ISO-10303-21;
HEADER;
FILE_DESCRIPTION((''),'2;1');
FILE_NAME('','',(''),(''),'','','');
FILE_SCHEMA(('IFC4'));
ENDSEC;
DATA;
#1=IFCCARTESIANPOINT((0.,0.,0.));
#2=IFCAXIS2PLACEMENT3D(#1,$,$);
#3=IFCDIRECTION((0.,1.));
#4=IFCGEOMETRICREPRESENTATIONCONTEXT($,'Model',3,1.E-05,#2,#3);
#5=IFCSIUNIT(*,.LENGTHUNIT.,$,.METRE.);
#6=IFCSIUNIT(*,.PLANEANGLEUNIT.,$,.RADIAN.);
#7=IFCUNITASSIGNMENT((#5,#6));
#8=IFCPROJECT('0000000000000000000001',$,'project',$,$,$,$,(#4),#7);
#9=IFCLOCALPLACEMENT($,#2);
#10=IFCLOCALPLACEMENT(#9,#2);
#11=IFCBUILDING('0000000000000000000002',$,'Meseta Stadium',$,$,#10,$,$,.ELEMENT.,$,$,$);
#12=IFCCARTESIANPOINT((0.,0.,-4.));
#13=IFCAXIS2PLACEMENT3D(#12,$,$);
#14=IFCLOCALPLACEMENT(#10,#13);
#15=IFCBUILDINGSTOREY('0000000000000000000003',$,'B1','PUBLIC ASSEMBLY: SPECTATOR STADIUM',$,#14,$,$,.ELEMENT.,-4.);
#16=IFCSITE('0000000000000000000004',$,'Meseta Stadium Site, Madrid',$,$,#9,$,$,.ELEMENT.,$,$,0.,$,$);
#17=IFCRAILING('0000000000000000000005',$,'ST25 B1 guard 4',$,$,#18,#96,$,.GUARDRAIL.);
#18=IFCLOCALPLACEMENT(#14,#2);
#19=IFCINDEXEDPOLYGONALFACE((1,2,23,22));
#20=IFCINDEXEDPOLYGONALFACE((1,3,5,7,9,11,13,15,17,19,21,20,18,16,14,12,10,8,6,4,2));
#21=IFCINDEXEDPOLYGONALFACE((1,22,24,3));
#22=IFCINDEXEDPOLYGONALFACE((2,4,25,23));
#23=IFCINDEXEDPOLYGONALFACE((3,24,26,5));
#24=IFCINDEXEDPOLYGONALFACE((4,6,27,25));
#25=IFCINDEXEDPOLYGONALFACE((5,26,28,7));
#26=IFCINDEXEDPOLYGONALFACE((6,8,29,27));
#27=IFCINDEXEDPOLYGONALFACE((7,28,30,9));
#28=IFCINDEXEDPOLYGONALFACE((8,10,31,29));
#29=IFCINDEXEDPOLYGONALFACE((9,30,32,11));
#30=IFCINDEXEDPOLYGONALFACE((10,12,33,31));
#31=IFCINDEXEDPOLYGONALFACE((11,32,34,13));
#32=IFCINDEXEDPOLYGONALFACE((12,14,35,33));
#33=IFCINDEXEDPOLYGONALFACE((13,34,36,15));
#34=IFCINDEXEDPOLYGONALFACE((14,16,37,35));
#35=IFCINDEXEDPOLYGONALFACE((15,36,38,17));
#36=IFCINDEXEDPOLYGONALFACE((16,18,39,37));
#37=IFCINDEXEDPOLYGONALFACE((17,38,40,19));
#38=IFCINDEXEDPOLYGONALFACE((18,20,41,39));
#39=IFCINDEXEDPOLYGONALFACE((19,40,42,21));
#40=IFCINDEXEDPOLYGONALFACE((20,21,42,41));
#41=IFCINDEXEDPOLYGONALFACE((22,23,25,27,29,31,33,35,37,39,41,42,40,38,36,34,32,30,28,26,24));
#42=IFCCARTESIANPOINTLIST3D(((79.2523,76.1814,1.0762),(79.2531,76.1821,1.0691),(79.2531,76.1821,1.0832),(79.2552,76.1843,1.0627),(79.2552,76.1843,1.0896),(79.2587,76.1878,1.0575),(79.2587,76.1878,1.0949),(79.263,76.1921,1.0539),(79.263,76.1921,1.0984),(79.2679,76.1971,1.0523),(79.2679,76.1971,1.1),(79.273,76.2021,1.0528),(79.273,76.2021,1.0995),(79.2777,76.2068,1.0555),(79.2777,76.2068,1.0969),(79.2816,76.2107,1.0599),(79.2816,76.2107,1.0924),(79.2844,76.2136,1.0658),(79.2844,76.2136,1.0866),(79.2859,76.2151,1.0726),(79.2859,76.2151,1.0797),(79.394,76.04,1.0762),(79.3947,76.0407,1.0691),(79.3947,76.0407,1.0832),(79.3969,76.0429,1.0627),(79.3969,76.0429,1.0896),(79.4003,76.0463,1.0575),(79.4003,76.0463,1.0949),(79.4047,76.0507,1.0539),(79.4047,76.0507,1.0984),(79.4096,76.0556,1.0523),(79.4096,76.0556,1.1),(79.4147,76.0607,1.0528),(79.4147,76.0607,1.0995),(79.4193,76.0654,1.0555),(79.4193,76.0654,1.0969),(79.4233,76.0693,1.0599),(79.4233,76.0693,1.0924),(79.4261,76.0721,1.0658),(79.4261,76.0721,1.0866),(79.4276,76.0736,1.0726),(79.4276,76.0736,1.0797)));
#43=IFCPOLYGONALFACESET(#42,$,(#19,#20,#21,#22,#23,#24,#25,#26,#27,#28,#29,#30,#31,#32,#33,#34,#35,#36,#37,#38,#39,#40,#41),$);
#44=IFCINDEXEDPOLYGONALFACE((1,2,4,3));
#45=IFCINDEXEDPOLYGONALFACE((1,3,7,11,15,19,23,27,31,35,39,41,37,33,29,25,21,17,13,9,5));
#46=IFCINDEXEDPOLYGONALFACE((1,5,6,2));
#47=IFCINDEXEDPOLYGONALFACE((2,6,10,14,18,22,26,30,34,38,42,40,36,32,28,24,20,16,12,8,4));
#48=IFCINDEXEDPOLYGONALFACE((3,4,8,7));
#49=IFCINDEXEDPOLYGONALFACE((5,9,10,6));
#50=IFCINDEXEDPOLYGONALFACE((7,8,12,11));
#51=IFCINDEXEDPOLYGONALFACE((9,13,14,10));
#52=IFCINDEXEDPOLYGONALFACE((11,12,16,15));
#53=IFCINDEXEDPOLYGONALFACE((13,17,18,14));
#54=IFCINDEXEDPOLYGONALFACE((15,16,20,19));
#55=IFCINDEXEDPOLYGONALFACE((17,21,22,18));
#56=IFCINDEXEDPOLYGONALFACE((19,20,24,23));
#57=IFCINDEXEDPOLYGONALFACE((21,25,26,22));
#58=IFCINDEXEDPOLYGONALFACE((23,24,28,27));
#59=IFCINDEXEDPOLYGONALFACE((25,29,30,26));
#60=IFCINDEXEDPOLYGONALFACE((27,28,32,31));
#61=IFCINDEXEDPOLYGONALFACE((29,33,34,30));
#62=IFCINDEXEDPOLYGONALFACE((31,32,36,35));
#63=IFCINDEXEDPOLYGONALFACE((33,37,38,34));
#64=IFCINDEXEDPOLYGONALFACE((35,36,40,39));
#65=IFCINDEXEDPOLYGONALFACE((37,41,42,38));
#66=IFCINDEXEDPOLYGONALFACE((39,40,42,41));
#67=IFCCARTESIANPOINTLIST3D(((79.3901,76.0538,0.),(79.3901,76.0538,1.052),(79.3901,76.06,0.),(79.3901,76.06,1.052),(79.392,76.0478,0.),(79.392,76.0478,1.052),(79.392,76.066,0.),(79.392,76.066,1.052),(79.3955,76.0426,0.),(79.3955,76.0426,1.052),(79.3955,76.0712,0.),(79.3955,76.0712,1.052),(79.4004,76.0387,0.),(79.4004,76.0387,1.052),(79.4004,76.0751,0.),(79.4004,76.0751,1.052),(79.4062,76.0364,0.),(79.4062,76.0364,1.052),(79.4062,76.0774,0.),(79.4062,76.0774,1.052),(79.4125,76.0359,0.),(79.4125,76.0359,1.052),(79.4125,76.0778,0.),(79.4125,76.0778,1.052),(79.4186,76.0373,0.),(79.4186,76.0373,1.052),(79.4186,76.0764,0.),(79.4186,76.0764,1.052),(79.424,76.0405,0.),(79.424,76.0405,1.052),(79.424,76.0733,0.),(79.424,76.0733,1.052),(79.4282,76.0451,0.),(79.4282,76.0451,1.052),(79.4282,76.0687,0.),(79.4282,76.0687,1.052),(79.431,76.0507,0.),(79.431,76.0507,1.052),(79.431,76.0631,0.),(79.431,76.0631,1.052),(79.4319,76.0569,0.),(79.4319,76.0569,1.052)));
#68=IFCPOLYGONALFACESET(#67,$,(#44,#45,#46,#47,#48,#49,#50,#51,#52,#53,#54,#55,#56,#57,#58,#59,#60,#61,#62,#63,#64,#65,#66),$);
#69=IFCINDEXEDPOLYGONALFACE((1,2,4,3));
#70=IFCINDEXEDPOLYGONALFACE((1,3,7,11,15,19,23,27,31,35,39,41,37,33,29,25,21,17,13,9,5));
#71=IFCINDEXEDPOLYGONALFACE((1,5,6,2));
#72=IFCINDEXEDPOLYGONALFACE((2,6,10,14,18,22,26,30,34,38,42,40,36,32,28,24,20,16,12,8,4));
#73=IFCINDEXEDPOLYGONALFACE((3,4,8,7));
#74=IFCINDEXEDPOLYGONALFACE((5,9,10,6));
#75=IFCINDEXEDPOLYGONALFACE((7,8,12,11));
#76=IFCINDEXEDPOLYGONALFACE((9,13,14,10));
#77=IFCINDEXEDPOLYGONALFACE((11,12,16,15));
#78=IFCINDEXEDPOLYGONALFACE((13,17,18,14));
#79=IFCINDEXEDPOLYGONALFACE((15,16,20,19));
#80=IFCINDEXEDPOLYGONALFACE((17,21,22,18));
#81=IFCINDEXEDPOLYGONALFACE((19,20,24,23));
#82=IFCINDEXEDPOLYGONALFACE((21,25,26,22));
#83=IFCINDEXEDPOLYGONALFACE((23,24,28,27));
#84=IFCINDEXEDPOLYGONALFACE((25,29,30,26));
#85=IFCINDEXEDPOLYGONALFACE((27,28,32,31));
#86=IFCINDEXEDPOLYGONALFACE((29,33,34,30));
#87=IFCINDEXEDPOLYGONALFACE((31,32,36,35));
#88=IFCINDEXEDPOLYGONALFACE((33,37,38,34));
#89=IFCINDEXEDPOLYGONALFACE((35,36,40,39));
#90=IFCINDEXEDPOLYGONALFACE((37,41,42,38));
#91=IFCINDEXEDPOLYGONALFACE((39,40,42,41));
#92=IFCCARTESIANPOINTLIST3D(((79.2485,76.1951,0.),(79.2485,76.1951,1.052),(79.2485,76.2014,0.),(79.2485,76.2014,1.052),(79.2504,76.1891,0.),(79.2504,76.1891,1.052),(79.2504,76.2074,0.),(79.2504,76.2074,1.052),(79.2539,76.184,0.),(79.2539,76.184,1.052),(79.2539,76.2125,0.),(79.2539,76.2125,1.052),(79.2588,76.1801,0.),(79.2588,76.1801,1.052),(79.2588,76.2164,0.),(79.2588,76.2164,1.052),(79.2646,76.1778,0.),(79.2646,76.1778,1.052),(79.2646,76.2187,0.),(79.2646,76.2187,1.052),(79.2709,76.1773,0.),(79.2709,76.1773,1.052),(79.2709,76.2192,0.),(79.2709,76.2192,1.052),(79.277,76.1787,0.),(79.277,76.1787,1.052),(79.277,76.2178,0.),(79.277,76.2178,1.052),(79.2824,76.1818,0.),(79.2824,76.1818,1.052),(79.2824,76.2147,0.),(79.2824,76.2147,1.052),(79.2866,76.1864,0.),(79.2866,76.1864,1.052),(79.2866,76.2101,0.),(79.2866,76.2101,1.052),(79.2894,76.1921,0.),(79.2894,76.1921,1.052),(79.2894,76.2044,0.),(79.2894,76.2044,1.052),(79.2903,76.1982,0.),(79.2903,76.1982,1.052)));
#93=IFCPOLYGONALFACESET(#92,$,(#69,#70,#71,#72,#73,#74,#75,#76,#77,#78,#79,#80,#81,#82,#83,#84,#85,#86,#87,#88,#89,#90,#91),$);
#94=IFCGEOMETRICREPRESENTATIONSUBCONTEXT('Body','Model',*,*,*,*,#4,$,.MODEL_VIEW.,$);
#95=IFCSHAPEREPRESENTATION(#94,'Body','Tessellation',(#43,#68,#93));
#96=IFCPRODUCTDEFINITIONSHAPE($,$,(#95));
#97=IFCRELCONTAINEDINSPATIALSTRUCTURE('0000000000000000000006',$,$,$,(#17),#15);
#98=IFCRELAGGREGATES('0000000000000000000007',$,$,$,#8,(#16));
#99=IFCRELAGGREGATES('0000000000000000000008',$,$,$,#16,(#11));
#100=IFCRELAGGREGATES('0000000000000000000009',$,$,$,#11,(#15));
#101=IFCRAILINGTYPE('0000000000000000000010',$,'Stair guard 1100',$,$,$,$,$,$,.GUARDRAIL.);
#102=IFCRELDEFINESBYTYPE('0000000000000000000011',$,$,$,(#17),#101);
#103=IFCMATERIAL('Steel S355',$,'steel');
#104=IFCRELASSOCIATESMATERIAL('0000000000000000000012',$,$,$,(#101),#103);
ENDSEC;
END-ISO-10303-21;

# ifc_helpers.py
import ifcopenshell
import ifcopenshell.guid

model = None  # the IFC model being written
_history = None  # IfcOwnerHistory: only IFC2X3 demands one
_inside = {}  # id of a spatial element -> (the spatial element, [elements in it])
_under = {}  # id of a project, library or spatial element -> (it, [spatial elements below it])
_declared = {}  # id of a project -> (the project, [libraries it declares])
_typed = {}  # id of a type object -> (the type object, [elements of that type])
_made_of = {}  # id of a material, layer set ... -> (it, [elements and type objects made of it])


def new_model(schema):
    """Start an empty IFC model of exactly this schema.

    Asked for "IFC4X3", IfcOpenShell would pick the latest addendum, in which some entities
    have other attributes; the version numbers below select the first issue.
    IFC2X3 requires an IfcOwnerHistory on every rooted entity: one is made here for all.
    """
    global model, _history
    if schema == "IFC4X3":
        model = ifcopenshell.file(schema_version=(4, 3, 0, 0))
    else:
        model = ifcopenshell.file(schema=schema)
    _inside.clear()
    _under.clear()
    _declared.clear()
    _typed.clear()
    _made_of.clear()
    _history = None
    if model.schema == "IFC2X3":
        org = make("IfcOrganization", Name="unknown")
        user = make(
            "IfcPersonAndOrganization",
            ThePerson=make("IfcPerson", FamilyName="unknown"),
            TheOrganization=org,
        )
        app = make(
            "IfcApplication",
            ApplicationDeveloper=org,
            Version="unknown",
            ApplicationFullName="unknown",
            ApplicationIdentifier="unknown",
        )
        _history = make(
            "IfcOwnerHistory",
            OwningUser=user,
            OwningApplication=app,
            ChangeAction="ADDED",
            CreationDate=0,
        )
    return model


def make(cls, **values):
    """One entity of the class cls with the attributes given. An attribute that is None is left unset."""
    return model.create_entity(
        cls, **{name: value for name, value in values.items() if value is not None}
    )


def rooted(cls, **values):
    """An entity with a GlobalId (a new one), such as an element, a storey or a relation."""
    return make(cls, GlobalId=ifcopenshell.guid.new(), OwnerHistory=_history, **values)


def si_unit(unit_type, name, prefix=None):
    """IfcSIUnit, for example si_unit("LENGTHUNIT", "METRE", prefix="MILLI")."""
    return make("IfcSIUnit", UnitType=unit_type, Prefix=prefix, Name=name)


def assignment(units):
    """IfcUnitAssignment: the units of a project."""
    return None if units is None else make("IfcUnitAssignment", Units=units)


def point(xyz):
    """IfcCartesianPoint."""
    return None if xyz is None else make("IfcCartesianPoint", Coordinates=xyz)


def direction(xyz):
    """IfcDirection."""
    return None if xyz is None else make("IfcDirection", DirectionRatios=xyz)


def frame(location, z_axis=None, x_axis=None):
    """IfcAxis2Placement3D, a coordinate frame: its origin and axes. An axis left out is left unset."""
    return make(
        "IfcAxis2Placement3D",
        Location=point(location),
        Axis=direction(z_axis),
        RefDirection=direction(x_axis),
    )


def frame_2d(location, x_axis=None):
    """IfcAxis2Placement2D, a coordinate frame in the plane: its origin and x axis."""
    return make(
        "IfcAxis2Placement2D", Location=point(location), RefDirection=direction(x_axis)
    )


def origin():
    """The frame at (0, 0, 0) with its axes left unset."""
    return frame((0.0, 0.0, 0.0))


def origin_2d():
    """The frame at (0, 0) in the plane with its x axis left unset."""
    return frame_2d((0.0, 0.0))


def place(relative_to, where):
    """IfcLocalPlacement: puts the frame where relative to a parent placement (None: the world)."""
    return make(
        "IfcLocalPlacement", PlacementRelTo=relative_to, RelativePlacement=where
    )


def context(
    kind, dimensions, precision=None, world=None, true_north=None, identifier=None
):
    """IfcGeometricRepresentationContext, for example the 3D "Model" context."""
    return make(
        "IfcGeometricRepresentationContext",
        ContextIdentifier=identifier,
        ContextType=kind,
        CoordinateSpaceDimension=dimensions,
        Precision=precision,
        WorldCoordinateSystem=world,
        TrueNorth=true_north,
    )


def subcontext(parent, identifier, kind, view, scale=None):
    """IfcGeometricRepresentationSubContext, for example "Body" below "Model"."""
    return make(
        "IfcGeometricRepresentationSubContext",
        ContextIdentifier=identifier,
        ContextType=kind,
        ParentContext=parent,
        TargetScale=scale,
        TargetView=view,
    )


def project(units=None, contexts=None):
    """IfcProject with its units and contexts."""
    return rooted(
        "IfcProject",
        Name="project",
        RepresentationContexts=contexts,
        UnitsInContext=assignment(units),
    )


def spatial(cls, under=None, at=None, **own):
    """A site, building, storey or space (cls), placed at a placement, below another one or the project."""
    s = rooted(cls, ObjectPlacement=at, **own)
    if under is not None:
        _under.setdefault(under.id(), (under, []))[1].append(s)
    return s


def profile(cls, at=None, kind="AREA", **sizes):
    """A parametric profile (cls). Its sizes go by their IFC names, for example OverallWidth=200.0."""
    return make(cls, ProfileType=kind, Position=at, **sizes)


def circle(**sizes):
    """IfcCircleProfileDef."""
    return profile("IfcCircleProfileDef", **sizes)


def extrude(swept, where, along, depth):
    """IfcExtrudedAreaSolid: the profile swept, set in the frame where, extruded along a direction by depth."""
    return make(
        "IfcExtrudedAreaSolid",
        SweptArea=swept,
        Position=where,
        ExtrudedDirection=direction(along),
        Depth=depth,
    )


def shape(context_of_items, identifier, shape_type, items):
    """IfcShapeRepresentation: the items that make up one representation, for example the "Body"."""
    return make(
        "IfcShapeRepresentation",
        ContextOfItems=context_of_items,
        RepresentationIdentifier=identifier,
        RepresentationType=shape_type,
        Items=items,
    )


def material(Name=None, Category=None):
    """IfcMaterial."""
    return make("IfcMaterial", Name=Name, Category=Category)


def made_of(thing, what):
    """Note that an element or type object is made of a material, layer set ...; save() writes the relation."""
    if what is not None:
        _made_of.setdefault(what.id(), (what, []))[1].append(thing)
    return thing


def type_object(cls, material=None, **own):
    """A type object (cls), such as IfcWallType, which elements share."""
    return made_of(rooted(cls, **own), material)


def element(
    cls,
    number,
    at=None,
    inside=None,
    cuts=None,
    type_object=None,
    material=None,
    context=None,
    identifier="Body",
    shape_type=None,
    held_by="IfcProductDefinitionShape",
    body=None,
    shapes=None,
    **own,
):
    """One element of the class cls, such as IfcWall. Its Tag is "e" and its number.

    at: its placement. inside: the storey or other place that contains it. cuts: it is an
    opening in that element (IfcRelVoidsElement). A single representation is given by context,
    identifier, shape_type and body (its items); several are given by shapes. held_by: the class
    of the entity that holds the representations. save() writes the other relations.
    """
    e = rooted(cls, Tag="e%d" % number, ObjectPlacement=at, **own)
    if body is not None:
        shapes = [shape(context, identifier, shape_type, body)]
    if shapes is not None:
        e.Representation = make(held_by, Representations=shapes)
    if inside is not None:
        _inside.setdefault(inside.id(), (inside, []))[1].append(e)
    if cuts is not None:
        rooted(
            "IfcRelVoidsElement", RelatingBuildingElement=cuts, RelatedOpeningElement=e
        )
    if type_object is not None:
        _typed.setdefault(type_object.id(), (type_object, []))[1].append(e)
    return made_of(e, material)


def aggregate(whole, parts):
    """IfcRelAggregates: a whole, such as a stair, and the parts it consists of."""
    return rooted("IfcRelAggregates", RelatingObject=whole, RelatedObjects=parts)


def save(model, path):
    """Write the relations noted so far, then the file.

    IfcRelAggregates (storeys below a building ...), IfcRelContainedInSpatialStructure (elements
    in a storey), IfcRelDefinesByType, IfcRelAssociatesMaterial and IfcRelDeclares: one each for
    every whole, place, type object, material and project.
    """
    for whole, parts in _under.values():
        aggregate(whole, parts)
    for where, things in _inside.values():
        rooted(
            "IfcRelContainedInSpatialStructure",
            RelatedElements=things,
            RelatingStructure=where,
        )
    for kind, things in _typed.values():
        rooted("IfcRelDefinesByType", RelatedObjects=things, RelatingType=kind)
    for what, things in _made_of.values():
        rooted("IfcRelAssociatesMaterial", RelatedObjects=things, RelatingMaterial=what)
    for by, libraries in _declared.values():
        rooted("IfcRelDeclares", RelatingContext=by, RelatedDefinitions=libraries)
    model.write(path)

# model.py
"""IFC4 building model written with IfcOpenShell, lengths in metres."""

from ifc_helpers import new_model, si_unit, direction, frame, origin, origin_2d, place, context, subcontext, project, spatial, circle, extrude, material, type_object, element, save


model = new_model("IFC4")

# Units and contexts
model_context = context("Model", 3, precision=1e-05, world=origin(), true_north=direction((0.0, 1.0)))
body_context = subcontext(model_context, "Body", "Model", "MODEL_VIEW")
ifc_project = project(units=[si_unit("LENGTHUNIT", "METRE"), si_unit("PLANEANGLEUNIT", "RADIAN")], contexts=[model_context])

# Site, building, storey
site_placement = place(None, origin())
site = spatial("IfcSite", under=ifc_project, at=site_placement, Name="Meseta Stadium Site, Madrid", CompositionType="ELEMENT", RefElevation=0.0)
building_placement = place(site_placement, origin())
building = spatial("IfcBuilding", under=site, at=building_placement, Name="Meseta Stadium", CompositionType="ELEMENT")
storey_placement = place(building_placement, frame((0.0, 0.0, -4.0)))
storey = spatial("IfcBuildingStorey", under=building, at=storey_placement, Name="B1", Description="PUBLIC ASSEMBLY: SPECTATOR STADIUM", CompositionType="ELEMENT", Elevation=-4.0)

# Railing
ifc_material_1 = material(Name="Steel S355", Category="steel")
railing_type_1 = type_object("IfcRailingType", Name="Stair guard 1100", PredefinedType="GUARDRAIL", material=ifc_material_1)
railing_1_placement = place(storey_placement, frame((79.4109, 76.0569, 0.0)))
element("IfcRailing", 1, at=railing_1_placement, inside=storey, type_object=railing_type_1, Name="ST25 B1 guard 4", PredefinedType="GUARDRAIL", context=body_context, shape_type="SweptSolid", body=[
    extrude(circle(Radius=0.0239, at=origin_2d()), frame((0.0, 0.0, 1.0762), z_axis=(-0.707717, 0.706496, 0.0), x_axis=(-0.706496, -0.707717, 0.0)), (0.0, 0.0, 1.0), 0.2002),
    extrude(circle(Radius=0.021, at=origin_2d()), origin(), (0.0, 0.0, 1.0), 1.052),
    extrude(circle(Radius=0.021, at=origin_2d()), frame((-0.1416, 0.1414, 0.0)), (0.0, 0.0, 1.0), 1.052),
])

save(model, "model.ifc")
